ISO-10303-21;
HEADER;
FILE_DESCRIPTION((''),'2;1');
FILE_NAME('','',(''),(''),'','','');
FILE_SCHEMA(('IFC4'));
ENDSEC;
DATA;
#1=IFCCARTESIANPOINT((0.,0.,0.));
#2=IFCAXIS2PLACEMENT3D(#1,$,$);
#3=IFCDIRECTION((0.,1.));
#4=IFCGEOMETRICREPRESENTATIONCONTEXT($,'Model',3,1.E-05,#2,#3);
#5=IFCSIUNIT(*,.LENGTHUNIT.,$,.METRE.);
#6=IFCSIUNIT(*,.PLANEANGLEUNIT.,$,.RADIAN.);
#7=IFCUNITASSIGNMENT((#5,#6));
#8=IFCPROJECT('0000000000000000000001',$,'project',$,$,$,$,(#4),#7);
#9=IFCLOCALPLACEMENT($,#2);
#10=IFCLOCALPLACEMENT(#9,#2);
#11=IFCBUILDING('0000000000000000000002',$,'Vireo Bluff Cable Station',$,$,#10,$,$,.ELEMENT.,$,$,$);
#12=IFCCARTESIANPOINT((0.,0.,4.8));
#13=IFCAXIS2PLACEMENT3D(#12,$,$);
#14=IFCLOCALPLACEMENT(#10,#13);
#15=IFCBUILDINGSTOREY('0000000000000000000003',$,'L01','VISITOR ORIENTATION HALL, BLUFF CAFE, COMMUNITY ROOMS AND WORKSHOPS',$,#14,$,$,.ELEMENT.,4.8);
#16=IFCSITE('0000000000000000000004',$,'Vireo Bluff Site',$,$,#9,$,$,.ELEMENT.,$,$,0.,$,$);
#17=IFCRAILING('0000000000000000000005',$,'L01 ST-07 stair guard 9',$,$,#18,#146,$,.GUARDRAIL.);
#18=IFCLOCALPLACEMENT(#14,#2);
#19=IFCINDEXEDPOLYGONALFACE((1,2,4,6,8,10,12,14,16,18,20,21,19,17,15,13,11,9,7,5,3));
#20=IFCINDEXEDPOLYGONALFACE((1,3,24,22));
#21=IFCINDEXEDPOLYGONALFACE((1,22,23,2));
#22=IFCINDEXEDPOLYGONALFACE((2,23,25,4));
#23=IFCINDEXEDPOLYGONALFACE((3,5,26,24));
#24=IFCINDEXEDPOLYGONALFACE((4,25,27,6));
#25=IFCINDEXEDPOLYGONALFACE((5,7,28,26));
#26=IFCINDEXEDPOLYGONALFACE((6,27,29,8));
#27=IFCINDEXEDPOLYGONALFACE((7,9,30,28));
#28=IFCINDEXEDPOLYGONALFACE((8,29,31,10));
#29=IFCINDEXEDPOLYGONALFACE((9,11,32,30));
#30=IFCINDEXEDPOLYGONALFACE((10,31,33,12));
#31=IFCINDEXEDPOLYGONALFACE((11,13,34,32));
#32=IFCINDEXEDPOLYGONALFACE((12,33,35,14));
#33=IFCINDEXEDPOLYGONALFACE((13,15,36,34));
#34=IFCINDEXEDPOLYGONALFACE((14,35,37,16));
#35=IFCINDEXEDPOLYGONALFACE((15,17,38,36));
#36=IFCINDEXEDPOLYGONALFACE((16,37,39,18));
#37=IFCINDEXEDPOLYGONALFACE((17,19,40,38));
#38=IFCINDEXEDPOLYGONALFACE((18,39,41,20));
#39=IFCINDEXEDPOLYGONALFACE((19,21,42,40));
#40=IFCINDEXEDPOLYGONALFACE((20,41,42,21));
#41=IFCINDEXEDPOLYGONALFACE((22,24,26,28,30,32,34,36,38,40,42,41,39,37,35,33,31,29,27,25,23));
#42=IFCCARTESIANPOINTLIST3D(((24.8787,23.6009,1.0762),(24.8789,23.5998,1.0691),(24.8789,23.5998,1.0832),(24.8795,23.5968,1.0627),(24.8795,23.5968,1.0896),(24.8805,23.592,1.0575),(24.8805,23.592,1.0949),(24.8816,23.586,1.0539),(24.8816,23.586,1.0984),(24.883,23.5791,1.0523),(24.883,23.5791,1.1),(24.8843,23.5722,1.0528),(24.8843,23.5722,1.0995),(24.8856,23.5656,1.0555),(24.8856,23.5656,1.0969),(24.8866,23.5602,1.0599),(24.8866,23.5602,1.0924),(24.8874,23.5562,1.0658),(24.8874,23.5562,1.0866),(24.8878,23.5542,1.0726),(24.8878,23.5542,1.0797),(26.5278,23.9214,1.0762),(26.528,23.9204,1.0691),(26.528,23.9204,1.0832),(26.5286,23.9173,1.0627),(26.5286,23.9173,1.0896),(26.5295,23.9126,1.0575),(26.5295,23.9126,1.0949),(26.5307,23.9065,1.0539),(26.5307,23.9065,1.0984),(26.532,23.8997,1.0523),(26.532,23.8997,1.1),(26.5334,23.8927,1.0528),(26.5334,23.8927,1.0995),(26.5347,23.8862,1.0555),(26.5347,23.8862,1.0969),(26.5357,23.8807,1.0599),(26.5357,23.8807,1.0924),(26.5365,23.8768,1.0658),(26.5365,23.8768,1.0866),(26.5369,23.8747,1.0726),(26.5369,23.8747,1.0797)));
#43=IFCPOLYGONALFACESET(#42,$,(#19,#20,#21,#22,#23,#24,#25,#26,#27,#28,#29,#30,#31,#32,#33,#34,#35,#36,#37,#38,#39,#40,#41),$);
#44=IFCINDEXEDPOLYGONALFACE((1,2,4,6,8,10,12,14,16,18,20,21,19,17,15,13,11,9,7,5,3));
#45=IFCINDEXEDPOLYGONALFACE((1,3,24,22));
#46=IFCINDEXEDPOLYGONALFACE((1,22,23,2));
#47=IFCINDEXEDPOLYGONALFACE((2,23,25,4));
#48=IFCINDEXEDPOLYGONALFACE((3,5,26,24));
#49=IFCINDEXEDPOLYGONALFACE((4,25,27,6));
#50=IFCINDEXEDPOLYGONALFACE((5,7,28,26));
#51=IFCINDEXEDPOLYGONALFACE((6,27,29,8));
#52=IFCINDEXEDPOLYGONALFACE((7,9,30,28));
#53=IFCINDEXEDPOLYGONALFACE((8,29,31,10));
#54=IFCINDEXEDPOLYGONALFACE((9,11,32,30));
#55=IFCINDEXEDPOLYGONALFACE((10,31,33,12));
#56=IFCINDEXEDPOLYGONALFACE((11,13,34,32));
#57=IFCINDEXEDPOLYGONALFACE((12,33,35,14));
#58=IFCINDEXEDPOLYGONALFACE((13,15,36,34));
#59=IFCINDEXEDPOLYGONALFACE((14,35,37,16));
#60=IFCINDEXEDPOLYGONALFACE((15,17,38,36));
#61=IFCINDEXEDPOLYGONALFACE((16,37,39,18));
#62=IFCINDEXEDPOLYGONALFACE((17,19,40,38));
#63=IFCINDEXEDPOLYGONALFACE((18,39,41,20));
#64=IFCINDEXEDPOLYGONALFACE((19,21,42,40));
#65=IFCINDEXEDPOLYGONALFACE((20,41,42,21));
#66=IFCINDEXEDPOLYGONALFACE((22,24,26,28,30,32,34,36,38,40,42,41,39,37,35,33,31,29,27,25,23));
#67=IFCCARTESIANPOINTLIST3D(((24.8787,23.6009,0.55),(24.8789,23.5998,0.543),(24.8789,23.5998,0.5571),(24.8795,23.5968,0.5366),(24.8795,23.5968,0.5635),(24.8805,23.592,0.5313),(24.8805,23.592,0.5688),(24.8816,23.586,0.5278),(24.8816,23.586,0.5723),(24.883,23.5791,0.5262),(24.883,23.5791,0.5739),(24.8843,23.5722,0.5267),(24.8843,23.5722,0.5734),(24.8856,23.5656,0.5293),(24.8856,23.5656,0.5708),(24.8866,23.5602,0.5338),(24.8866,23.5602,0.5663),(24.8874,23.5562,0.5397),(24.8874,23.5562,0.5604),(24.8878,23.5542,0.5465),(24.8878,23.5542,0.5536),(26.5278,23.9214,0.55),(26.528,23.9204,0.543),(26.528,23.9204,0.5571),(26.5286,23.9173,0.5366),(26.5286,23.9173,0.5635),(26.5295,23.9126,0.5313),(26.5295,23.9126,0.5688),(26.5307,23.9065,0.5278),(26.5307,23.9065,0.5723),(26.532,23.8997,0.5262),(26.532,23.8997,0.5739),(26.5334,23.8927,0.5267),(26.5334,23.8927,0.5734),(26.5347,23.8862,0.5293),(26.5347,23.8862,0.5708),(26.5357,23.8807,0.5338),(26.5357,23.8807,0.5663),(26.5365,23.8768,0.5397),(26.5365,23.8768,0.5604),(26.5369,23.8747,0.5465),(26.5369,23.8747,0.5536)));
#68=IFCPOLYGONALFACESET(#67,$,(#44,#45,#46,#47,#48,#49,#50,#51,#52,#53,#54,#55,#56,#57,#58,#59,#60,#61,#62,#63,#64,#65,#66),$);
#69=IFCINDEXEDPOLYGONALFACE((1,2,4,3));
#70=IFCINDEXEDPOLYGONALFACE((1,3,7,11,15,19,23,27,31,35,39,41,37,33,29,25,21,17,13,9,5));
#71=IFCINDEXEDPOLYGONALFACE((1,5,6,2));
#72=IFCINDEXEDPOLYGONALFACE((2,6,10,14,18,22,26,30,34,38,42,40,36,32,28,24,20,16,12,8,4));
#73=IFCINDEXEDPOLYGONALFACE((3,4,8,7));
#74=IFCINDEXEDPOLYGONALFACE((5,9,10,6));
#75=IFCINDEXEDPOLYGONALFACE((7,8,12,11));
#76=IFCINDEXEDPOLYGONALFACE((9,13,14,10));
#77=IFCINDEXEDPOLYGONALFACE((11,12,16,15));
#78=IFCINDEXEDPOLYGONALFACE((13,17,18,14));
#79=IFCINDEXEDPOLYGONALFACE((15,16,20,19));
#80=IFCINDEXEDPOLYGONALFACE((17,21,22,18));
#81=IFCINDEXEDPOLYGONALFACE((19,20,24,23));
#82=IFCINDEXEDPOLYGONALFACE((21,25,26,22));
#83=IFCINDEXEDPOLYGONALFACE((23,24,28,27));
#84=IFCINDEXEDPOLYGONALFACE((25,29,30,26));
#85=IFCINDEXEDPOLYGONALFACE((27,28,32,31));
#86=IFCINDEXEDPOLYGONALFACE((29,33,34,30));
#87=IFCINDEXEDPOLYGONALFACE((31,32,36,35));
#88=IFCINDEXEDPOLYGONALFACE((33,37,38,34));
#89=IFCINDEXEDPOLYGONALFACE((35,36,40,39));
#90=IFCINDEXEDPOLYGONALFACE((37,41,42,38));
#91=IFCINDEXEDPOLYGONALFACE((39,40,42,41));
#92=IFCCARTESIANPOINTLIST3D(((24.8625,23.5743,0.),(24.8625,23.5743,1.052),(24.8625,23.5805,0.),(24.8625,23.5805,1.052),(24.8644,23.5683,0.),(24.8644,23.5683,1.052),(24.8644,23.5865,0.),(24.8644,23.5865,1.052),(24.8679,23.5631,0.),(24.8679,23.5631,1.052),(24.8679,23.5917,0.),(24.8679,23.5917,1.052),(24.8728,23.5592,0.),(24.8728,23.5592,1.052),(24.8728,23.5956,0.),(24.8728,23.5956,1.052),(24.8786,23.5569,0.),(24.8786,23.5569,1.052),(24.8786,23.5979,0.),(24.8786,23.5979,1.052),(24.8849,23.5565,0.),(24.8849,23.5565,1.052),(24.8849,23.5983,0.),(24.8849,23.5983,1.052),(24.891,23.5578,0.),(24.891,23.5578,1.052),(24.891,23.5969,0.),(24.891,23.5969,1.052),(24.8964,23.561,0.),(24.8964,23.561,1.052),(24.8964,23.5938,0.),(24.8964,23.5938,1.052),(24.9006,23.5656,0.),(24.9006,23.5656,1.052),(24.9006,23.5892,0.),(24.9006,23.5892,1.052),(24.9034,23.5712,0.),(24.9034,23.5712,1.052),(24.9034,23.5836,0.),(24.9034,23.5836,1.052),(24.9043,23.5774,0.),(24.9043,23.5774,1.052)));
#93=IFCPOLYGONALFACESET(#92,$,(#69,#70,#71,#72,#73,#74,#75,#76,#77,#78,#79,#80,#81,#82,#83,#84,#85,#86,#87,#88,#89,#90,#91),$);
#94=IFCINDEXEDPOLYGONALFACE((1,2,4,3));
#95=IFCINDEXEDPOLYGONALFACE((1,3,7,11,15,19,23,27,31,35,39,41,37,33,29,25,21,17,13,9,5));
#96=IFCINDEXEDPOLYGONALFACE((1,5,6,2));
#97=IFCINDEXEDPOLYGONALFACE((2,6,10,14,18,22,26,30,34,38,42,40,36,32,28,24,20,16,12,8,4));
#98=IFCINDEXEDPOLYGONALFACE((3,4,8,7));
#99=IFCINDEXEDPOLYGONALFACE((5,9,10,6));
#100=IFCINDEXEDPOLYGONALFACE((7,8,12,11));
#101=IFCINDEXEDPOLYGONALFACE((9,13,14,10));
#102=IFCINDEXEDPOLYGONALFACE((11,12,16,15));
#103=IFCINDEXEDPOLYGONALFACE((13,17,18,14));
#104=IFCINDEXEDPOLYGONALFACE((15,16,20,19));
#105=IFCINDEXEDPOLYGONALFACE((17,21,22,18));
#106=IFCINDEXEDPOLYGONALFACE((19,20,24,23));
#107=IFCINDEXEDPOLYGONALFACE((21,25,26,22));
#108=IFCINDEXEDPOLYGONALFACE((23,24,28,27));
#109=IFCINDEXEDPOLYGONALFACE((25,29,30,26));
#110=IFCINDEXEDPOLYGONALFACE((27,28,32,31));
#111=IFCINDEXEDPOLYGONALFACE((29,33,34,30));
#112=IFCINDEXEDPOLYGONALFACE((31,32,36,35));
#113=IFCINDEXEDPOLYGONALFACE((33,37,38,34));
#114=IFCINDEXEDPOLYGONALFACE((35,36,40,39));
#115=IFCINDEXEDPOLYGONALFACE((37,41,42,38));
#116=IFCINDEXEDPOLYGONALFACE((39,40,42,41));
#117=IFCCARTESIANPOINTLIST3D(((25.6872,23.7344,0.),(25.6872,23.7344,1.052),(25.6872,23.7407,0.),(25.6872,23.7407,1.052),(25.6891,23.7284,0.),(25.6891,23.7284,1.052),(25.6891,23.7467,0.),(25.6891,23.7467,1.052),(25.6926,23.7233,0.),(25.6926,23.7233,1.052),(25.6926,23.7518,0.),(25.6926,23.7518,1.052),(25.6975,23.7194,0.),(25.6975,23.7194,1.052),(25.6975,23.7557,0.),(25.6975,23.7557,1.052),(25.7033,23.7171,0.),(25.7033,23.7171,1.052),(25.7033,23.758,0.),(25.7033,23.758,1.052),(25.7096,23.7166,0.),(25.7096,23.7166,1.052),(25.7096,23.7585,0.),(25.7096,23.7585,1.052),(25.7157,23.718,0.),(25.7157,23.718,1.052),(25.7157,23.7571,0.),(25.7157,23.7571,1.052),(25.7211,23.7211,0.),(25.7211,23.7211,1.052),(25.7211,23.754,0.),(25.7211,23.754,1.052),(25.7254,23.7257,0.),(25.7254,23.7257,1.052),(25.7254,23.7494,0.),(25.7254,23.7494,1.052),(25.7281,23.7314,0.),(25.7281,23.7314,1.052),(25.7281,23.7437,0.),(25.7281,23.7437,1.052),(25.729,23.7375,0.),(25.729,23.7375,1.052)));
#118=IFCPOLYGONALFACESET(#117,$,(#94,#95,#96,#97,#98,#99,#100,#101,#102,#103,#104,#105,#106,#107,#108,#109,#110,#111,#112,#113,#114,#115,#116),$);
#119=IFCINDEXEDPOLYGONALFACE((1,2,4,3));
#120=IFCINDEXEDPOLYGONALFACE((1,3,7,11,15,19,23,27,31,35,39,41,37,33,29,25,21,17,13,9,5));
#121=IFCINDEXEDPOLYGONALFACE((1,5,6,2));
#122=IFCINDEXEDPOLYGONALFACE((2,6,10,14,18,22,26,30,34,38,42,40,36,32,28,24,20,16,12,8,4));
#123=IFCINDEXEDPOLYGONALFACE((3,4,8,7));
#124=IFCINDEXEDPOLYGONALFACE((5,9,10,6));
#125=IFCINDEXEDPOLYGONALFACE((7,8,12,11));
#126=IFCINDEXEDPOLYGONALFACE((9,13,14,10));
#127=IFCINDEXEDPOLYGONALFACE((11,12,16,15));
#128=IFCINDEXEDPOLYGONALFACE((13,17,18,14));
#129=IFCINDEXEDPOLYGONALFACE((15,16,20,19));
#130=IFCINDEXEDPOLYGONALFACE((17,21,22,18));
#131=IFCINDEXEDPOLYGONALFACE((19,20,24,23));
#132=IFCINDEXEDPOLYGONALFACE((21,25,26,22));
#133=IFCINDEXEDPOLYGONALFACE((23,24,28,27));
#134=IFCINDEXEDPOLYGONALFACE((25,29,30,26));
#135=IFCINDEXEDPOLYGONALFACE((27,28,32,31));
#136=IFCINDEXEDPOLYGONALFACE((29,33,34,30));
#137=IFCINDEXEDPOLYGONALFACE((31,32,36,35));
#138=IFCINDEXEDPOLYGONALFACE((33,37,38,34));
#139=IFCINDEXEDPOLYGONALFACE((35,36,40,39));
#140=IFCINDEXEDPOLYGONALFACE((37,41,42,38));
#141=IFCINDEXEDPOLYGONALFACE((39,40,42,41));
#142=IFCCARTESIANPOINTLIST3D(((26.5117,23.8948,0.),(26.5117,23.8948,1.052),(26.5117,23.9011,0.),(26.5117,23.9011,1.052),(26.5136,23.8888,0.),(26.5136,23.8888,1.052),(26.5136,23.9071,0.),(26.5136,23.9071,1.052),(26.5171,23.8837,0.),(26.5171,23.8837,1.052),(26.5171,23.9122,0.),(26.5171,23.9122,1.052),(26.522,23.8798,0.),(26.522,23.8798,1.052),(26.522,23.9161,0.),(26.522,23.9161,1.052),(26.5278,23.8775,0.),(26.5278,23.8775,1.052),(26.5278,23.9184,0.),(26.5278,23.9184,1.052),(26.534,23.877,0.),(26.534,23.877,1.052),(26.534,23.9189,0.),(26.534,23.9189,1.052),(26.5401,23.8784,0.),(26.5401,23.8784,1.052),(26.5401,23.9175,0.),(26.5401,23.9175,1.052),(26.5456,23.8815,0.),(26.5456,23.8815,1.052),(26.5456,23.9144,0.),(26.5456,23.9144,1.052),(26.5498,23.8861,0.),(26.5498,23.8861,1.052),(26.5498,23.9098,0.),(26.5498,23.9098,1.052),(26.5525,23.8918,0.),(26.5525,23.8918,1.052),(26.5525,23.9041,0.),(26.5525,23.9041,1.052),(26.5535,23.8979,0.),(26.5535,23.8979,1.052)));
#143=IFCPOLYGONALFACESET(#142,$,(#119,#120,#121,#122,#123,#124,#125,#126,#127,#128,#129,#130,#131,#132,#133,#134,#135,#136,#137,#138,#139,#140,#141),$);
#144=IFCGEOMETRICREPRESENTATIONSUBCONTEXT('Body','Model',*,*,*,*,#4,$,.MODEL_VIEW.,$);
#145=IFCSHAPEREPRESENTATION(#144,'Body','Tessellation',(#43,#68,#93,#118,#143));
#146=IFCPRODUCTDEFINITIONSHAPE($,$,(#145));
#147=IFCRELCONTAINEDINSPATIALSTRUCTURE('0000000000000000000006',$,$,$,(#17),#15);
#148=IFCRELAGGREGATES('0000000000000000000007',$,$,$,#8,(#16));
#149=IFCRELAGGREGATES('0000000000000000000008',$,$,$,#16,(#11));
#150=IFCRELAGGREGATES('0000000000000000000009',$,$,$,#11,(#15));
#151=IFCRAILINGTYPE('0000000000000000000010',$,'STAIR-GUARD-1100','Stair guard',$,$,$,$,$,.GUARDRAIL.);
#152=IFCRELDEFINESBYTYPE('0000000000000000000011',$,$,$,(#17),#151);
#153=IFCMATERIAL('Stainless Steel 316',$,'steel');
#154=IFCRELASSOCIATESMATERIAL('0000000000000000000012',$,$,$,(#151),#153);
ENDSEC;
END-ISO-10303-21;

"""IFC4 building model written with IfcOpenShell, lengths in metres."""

from ifc_helpers import new_model, si_unit, direction, frame, origin, origin_2d, place, context, subcontext, project, spatial, circle, extrude, material, type_object, element, save


model = new_model("IFC4")

# Units and contexts
model_context = context("Model", 3, precision=1e-05, world=origin(), true_north=direction((0.0, 1.0)))
body_context = subcontext(model_context, "Body", "Model", "MODEL_VIEW")
ifc_project = project(units=[si_unit("LENGTHUNIT", "METRE"), si_unit("PLANEANGLEUNIT", "RADIAN")], contexts=[model_context])

# Site, building, storey
site_placement = place(None, origin())
site = spatial("IfcSite", under=ifc_project, at=site_placement, Name="Vireo Bluff Site", CompositionType="ELEMENT", RefElevation=0.0)
building_placement = place(site_placement, origin())
building = spatial("IfcBuilding", under=site, at=building_placement, Name="Vireo Bluff Cable Station", CompositionType="ELEMENT")
storey_placement = place(building_placement, frame((0.0, 0.0, 4.8)))
storey = spatial("IfcBuildingStorey", under=building, at=storey_placement, Name="L01", Description="VISITOR ORIENTATION HALL, BLUFF CAFE, COMMUNITY ROOMS AND WORKSHOPS", CompositionType="ELEMENT", Elevation=4.8)

# Railing
ifc_material_1 = material(Name="Stainless Steel 316", Category="steel")
railing_type_1 = type_object("IfcRailingType", Name="STAIR-GUARD-1100", Description="Stair guard", PredefinedType="GUARDRAIL", material=ifc_material_1)
railing_1_placement = place(storey_placement, frame((24.8833, 23.5774, 0.0)))
element("IfcRailing", 1, at=railing_1_placement, inside=storey, type_object=railing_type_1, Name="L01 ST-07 stair guard 9", PredefinedType="GUARDRAIL", context=body_context, shape_type="SweptSolid", body=[
    extrude(circle(Radius=0.0239, at=origin_2d()), frame((0.0, 0.0, 1.0762), z_axis=(0.981628, 0.190804, 0.0), x_axis=(-0.190804, 0.981628, 0.0)), (0.0, 0.0, 1.0), 1.6799),
    extrude(circle(Radius=0.0239, at=origin_2d()), frame((0.0, 0.0, 0.55), z_axis=(0.981628, 0.190804, 0.0), x_axis=(-0.190804, 0.981628, 0.0)), (0.0, 0.0, 1.0), 1.6799),
    extrude(circle(Radius=0.021, at=origin_2d()), origin(), (0.0, 0.0, 1.0), 1.052),
    extrude(circle(Radius=0.021, at=origin_2d()), frame((0.8247, 0.1602, 0.0)), (0.0, 0.0, 1.0), 1.052),
    extrude(circle(Radius=0.021, at=origin_2d()), frame((1.6492, 0.3206, 0.0)), (0.0, 0.0, 1.0), 1.052),
])

save(model, "model.ifc")
